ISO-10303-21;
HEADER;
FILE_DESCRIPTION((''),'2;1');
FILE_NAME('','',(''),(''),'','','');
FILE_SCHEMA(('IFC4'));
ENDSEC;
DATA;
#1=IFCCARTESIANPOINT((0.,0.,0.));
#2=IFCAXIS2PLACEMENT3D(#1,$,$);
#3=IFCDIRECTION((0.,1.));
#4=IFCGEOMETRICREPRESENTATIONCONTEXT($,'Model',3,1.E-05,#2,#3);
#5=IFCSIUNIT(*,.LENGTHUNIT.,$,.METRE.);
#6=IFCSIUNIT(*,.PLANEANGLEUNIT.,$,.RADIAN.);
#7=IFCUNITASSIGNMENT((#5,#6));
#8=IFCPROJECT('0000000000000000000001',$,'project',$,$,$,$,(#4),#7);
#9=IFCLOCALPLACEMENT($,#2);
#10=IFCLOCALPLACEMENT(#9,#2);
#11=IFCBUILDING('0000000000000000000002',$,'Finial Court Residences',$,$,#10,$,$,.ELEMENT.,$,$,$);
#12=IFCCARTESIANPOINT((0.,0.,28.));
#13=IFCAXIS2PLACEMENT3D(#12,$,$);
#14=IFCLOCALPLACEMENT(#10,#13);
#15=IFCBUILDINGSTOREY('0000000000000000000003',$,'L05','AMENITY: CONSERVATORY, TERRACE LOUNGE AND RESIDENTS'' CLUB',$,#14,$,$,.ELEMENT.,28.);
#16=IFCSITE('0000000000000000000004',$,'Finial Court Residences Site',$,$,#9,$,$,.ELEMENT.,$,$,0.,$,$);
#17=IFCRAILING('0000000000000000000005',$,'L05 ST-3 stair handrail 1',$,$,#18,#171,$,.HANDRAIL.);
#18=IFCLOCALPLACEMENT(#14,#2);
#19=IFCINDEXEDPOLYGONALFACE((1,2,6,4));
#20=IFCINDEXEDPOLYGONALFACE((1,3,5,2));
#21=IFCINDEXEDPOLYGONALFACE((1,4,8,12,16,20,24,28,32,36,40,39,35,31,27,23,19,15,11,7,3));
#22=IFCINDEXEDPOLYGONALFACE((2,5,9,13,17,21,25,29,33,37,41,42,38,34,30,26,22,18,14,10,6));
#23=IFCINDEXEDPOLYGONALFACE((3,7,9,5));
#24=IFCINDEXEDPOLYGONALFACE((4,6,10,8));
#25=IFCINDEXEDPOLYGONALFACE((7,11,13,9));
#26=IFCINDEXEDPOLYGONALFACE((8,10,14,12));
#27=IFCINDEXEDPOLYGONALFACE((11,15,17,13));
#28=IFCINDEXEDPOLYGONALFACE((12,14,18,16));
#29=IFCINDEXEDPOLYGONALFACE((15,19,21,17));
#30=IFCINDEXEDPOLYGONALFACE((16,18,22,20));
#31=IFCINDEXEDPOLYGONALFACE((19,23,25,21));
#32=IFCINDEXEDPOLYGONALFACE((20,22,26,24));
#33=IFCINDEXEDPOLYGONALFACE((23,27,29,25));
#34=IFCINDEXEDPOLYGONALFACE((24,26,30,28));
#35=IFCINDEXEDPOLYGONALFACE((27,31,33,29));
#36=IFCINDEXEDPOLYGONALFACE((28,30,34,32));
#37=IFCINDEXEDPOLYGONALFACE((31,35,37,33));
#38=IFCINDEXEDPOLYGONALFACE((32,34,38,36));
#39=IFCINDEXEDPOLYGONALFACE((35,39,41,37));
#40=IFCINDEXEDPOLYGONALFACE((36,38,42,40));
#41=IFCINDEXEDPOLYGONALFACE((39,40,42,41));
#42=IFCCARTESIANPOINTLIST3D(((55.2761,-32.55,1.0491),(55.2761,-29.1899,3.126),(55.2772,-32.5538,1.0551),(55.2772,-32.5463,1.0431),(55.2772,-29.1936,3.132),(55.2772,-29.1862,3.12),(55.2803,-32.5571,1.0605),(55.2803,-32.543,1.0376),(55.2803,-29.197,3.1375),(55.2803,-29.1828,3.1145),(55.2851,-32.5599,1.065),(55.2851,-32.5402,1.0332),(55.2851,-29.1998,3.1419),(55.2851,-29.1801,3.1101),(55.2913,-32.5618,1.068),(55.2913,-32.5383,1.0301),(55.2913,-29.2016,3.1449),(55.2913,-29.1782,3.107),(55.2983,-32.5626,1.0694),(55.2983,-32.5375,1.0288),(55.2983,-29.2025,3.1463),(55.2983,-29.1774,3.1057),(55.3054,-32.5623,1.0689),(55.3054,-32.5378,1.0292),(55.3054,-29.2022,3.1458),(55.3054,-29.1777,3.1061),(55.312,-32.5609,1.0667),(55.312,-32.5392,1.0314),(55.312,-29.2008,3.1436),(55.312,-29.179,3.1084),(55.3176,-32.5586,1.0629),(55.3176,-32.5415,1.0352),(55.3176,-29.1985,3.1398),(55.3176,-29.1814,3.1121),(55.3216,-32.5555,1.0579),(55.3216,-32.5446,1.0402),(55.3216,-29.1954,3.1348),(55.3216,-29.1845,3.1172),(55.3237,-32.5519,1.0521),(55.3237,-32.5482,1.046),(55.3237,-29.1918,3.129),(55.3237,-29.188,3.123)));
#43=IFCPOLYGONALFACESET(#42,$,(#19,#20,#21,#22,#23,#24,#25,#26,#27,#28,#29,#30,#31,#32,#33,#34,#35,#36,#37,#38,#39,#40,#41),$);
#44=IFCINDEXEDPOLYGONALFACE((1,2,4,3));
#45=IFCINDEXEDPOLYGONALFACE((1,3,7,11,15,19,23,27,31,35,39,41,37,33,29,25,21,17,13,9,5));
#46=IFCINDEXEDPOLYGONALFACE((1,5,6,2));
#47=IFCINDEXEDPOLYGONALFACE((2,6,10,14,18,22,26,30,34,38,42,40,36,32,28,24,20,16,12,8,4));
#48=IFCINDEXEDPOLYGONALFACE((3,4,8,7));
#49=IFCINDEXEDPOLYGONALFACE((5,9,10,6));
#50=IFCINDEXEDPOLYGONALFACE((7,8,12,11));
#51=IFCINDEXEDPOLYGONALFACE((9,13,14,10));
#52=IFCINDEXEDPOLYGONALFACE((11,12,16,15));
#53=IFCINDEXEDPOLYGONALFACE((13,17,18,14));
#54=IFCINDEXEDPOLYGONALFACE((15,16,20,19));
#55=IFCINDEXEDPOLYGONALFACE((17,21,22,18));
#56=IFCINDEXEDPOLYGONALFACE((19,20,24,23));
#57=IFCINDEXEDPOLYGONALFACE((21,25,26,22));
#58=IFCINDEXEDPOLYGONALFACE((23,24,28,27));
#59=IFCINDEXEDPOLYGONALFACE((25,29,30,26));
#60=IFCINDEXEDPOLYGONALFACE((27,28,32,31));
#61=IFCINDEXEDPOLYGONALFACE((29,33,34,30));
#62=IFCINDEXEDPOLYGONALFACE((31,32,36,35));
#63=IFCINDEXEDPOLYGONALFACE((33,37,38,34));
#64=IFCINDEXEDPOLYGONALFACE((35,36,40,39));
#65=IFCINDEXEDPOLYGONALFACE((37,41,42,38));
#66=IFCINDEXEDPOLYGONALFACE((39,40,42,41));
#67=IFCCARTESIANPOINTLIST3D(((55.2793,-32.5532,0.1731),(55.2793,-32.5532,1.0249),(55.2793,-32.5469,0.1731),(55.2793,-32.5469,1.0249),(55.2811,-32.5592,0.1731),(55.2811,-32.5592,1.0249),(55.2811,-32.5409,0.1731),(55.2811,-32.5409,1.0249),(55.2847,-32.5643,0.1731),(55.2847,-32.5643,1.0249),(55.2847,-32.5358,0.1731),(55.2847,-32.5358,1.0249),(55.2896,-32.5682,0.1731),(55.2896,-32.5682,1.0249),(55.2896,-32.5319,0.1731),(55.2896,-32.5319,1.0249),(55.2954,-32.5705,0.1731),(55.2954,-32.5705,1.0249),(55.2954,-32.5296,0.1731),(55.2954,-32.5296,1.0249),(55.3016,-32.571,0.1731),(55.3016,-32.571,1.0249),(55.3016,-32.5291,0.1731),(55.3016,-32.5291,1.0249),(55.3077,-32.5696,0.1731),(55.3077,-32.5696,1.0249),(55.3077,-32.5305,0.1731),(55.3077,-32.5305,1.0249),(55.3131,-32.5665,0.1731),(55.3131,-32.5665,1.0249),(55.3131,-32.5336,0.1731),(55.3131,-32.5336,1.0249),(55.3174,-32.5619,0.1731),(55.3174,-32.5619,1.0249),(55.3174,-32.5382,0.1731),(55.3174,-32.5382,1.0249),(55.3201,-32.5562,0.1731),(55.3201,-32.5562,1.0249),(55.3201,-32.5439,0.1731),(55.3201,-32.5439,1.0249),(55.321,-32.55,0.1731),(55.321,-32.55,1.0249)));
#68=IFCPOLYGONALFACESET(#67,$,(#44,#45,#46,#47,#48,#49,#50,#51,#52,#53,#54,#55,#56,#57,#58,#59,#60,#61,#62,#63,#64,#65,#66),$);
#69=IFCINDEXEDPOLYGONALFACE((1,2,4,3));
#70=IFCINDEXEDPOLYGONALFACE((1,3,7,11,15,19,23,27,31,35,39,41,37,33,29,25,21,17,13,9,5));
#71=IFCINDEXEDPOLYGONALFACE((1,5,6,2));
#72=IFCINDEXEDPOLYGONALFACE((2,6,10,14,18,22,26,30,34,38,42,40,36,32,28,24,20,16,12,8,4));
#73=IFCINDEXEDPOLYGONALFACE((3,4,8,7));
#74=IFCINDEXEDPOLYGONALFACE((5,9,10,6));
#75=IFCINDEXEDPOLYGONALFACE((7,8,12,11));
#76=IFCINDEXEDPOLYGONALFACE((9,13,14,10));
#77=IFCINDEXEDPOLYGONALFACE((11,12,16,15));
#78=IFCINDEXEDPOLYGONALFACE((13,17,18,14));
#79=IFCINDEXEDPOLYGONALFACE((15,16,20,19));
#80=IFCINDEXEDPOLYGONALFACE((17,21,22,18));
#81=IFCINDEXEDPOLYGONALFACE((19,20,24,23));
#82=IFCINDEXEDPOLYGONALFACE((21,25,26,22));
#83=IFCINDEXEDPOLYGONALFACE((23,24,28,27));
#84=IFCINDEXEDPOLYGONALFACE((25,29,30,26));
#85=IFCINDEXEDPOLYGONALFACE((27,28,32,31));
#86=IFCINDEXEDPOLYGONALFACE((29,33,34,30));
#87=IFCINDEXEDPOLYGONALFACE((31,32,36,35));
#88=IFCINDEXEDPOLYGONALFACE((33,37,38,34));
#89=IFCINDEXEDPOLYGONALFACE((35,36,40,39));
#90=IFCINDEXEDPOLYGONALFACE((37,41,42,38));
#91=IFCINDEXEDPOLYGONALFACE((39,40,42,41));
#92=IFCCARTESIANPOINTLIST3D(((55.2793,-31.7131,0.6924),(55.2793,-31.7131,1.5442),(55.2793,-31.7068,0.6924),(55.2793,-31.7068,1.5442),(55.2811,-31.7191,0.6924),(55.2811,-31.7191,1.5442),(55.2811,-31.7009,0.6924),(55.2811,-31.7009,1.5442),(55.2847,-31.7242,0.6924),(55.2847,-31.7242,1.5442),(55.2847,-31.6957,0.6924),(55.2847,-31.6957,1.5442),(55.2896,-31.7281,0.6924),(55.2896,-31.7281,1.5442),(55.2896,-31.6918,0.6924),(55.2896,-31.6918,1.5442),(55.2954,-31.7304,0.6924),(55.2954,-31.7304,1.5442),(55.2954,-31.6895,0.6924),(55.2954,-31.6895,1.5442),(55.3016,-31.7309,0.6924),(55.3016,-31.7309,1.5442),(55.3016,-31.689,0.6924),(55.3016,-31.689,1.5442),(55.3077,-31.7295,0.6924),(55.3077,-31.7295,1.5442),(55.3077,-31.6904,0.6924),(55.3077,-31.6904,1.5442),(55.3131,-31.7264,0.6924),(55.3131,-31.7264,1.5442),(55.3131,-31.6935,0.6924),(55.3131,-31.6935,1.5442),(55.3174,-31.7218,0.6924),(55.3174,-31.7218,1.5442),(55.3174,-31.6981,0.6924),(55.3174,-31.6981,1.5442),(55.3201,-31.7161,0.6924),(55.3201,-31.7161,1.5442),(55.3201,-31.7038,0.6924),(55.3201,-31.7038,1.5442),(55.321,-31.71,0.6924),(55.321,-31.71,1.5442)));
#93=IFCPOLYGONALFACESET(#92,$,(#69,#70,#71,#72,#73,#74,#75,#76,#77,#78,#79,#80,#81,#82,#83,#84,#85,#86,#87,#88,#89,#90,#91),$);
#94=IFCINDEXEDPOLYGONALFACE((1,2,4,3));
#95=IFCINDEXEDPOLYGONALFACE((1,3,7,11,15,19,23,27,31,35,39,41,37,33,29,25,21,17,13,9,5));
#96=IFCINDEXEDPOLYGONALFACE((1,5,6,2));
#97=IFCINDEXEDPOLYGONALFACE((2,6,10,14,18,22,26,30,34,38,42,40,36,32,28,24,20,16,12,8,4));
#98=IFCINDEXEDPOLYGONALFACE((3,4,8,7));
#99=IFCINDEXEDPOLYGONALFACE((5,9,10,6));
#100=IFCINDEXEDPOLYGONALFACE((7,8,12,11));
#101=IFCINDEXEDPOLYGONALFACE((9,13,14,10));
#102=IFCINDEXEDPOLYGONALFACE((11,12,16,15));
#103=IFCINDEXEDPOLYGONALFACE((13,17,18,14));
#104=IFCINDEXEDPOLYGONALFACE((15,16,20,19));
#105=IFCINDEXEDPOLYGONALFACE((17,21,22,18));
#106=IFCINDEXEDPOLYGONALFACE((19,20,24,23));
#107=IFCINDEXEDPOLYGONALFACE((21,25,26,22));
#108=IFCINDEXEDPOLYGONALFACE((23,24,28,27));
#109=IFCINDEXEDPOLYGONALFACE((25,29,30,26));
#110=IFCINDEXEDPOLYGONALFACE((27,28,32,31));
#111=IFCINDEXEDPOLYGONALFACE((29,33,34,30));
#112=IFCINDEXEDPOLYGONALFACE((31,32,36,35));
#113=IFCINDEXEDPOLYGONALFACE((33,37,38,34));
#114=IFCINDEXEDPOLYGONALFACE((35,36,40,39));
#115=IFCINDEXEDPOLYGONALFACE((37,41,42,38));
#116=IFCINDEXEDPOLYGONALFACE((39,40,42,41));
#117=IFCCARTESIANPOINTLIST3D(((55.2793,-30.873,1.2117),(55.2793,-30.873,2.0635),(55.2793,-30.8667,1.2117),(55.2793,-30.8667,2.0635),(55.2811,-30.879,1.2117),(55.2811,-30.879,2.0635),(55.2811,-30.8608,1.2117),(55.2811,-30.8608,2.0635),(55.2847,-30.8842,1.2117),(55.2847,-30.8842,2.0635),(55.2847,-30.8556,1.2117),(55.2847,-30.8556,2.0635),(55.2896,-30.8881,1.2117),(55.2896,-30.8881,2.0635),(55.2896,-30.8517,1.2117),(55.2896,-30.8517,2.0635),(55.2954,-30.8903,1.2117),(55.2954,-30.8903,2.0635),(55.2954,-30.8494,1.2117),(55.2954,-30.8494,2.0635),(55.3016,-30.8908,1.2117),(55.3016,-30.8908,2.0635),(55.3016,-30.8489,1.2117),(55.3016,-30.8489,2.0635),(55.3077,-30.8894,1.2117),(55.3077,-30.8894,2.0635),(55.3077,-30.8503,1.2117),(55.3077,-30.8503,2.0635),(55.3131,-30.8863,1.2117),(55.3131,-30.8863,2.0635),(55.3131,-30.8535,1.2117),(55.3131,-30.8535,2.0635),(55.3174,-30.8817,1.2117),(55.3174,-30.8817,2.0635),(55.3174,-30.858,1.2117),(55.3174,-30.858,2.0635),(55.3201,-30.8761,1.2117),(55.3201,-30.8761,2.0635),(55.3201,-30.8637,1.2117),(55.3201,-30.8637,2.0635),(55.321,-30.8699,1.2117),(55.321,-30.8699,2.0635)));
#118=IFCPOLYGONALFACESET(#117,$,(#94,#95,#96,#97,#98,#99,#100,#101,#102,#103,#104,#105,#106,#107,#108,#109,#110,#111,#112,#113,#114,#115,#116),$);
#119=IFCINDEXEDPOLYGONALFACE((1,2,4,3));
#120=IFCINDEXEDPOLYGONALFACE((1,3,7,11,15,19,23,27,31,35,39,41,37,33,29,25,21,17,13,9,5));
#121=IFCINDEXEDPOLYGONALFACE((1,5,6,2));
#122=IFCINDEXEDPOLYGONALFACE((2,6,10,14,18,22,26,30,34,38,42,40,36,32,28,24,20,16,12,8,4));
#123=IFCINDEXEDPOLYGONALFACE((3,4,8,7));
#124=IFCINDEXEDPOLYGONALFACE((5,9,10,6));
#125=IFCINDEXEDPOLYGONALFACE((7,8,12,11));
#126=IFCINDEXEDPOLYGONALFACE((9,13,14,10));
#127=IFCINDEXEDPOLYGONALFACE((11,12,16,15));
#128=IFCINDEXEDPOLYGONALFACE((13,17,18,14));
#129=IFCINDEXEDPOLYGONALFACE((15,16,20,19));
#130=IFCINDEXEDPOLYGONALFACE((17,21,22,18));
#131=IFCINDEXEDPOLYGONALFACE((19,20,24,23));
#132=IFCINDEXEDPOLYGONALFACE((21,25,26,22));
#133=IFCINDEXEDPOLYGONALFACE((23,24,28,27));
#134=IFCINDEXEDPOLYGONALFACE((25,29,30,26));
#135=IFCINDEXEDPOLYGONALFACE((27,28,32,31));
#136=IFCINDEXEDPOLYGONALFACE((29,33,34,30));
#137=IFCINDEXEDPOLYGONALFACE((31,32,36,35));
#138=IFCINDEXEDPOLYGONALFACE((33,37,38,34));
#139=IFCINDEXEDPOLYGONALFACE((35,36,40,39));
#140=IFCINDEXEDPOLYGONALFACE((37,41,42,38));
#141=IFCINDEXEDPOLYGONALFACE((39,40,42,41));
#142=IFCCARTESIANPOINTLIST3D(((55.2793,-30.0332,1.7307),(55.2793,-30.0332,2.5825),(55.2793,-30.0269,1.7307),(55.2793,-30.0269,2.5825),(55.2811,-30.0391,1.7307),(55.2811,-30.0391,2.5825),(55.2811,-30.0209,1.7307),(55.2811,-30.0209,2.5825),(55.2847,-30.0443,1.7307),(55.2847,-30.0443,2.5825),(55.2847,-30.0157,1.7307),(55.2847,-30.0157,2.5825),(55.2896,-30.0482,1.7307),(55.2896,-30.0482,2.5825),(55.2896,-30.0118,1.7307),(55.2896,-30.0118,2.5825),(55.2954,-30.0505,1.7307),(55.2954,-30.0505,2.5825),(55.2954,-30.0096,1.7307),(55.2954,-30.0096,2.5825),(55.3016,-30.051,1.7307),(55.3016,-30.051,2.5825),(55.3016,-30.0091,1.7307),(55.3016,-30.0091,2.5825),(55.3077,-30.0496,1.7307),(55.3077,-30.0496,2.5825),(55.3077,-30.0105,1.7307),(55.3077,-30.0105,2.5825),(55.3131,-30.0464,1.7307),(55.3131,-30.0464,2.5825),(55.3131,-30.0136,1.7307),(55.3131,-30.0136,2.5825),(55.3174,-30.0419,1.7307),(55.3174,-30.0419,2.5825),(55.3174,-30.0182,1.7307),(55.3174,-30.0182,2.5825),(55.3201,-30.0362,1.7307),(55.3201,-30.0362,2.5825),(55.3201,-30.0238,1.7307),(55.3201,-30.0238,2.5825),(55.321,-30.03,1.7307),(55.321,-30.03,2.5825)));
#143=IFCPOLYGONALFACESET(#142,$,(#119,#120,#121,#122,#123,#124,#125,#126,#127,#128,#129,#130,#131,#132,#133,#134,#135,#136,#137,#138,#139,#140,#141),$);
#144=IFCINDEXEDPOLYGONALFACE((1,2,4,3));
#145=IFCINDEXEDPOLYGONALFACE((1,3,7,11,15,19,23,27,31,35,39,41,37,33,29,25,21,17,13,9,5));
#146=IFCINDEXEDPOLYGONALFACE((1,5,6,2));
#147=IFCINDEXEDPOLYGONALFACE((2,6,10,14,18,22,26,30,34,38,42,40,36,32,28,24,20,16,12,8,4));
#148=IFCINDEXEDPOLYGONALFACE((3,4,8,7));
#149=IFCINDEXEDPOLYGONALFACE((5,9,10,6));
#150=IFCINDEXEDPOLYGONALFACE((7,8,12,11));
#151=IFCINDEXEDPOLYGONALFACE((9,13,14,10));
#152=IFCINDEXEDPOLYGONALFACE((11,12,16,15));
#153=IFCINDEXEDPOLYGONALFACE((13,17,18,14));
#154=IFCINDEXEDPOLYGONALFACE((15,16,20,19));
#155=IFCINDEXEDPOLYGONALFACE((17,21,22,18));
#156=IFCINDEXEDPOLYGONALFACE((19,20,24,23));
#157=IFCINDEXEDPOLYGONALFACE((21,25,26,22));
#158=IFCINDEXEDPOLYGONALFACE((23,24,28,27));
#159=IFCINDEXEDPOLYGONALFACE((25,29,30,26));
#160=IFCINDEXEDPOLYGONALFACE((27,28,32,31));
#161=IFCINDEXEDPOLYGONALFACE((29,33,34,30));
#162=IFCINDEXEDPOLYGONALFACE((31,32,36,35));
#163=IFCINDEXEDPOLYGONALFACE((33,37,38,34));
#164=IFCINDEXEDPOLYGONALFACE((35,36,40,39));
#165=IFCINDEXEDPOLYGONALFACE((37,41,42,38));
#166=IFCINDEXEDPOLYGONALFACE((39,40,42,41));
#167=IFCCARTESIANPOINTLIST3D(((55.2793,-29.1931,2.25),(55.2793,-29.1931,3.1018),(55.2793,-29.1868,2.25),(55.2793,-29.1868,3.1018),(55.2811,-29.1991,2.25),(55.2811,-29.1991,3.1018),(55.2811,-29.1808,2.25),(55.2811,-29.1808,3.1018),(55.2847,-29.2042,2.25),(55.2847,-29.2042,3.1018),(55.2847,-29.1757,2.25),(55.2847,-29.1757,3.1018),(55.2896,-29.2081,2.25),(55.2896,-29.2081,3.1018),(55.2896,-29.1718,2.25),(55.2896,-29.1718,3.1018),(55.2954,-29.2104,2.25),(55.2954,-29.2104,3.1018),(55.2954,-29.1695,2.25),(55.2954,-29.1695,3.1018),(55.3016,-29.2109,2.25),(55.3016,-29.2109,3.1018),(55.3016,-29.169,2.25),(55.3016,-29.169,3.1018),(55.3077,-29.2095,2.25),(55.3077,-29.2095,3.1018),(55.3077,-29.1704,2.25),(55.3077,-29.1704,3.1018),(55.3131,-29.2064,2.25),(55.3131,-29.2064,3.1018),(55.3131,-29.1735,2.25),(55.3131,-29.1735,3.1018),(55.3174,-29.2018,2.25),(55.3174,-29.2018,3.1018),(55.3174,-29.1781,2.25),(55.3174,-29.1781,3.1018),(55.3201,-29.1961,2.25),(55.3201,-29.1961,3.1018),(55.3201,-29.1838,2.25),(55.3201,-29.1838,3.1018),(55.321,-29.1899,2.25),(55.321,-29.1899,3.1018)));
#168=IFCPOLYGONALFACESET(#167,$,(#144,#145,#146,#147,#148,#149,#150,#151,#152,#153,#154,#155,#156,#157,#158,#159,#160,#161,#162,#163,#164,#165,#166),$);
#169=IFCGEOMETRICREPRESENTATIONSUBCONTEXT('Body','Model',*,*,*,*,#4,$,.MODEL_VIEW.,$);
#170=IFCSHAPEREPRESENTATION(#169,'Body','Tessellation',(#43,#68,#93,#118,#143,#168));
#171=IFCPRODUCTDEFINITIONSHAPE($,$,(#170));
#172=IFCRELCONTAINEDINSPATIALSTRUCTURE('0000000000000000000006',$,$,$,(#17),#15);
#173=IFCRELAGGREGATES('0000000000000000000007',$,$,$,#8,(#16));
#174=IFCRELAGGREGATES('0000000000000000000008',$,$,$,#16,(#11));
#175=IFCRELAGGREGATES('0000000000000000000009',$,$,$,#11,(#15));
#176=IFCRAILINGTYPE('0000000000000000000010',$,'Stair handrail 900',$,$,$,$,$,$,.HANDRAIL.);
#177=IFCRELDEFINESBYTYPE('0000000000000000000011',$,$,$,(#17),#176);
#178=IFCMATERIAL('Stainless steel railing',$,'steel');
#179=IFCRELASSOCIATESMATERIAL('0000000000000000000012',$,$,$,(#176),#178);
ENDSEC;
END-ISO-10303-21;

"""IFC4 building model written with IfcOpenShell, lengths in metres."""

from ifc_helpers import new_model, si_unit, direction, frame, origin, origin_2d, place, context, subcontext, project, spatial, circle, extrude, material, type_object, element, save


model = new_model("IFC4")

# Units and contexts
model_context = context("Model", 3, precision=1e-05, world=origin(), true_north=direction((0.0, 1.0)))
body_context = subcontext(model_context, "Body", "Model", "MODEL_VIEW")
ifc_project = project(units=[si_unit("LENGTHUNIT", "METRE"), si_unit("PLANEANGLEUNIT", "RADIAN")], contexts=[model_context])

# Site, building, storey
site_placement = place(None, origin())
site = spatial("IfcSite", under=ifc_project, at=site_placement, Name="Finial Court Residences Site", CompositionType="ELEMENT", RefElevation=0.0)
building_placement = place(site_placement, origin())
building = spatial("IfcBuilding", under=site, at=building_placement, Name="Finial Court Residences", CompositionType="ELEMENT")
storey_placement = place(building_placement, frame((0.0, 0.0, 28.0)))
storey = spatial("IfcBuildingStorey", under=building, at=storey_placement, Name="L05", Description="AMENITY: CONSERVATORY, TERRACE LOUNGE AND RESIDENTS' CLUB", CompositionType="ELEMENT", Elevation=28.0)

# Railing
ifc_material_1 = material(Name="Stainless steel railing", Category="steel")
railing_type_1 = type_object("IfcRailingType", Name="Stair handrail 900", PredefinedType="HANDRAIL", material=ifc_material_1)
railing_1_placement = place(storey_placement, frame((55.3, -32.55, 0.1731)))
element("IfcRailing", 1, at=railing_1_placement, inside=storey, type_object=railing_type_1, Name="L05 ST-3 stair handrail 1", PredefinedType="HANDRAIL", context=body_context, shape_type="SweptSolid", body=[
    extrude(circle(Radius=0.0239, at=origin_2d()), frame((0.0, 0.0, 0.876), z_axis=(0.0, 0.850623, 0.525776), x_axis=(-1.0, 0.0, 0.0)), (0.0, 0.0, 1.0), 3.9502),
    extrude(circle(Radius=0.021, at=origin_2d()), origin(), (0.0, 0.0, 1.0), 0.8518),
    extrude(circle(Radius=0.021, at=origin_2d()), frame((0.0, 0.8401, 0.5193)), (0.0, 0.0, 1.0), 0.8518),
    extrude(circle(Radius=0.021, at=origin_2d()), frame((0.0, 1.6802, 1.0386)), (0.0, 0.0, 1.0), 0.8518),
    extrude(circle(Radius=0.021, at=origin_2d()), frame((0.0, 2.52, 1.5576)), (0.0, 0.0, 1.0), 0.8518),
    extrude(circle(Radius=0.021, at=origin_2d()), frame((0.0, 3.3601, 2.0769)), (0.0, 0.0, 1.0), 0.8518),
])

save(model, "model.ifc")
